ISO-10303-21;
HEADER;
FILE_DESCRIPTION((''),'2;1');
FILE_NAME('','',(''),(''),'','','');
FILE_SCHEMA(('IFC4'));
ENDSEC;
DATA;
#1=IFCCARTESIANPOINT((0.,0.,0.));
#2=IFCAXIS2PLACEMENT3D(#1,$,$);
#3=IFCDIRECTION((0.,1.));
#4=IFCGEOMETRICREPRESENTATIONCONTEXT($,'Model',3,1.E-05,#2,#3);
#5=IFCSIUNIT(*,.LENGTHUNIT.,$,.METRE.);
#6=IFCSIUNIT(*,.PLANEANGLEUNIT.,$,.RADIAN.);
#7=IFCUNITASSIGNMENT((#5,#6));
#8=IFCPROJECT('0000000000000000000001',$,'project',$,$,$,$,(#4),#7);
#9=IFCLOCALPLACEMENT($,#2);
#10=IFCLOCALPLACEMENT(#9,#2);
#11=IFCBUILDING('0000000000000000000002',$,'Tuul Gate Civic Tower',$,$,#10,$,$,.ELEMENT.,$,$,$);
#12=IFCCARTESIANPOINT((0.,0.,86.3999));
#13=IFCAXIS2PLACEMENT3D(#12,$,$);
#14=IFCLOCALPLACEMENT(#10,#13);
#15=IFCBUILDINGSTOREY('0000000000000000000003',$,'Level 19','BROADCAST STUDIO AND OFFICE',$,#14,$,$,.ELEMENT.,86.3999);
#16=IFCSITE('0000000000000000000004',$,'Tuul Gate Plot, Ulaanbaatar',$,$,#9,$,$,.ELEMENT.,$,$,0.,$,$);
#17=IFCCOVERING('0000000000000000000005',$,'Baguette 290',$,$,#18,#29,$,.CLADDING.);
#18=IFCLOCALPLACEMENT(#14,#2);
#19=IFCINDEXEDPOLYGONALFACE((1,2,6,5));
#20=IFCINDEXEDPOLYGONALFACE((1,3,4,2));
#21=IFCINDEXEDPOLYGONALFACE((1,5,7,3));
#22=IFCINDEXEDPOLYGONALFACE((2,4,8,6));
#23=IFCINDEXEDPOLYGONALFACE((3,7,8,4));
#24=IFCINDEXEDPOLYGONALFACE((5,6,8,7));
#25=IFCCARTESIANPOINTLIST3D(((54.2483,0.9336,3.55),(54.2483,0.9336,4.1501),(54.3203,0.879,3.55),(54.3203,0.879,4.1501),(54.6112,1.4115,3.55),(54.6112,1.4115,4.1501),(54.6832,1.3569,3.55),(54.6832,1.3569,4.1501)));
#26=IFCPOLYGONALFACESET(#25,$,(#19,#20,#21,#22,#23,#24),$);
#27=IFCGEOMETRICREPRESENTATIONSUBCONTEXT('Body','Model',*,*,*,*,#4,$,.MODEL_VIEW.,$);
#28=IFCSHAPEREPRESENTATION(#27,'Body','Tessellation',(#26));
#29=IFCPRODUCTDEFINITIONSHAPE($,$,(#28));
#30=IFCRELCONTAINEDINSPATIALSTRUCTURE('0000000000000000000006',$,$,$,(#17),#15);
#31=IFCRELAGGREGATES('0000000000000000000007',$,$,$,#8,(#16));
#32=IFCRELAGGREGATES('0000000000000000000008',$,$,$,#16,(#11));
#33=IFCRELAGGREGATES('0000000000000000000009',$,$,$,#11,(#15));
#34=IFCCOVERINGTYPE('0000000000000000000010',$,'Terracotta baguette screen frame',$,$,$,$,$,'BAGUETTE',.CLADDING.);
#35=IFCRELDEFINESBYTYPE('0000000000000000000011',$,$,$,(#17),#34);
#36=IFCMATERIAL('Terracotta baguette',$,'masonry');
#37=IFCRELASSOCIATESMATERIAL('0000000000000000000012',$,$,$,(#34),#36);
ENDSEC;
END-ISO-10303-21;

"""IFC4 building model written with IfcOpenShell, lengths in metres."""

from ifc_helpers import new_model, si_unit, direction, frame, origin, origin_2d, place, context, subcontext, project, spatial, rectangle, extrude, material, material_profile, profile_set, type_object, element, save


model = new_model("IFC4")

# Units and contexts
model_context = context("Model", 3, precision=1e-05, world=origin(), true_north=direction((0.0, 1.0)))
body_context = subcontext(model_context, "Body", "Model", "MODEL_VIEW")
ifc_project = project(units=[si_unit("LENGTHUNIT", "METRE"), si_unit("PLANEANGLEUNIT", "RADIAN")], contexts=[model_context])

# Site, building, storey
site_placement = place(None, origin())
site = spatial("IfcSite", under=ifc_project, at=site_placement, Name="Tuul Gate Plot, Ulaanbaatar", CompositionType="ELEMENT", RefElevation=0.0)
building_placement = place(site_placement, origin())
building = spatial("IfcBuilding", under=site, at=building_placement, Name="Tuul Gate Civic Tower", CompositionType="ELEMENT")
storey_placement = place(building_placement, frame((0.0, 0.0, 86.3999)))
storey = spatial("IfcBuildingStorey", under=building, at=storey_placement, Name="Level 19", Description="BROADCAST STUDIO AND OFFICE", CompositionType="ELEMENT", Elevation=86.3999)

# Covering
ifc_material_1 = material(Name="Terracotta baguette", Category="masonry")
ifc_material_profile_1 = material_profile(ifc_material_1, rectangle(XDim=0.6001, YDim=0.6001, at=origin_2d()), Name="Terracotta baguette screen frame")
ifc_profile_set_1 = profile_set([ifc_material_profile_1], Name="Terracotta baguette")
covering_type = type_object("IfcCoveringType", Name="Terracotta baguette screen frame", ElementType="BAGUETTE", PredefinedType="CLADDING", material=ifc_profile_set_1)
covering_1_placement = place(storey_placement, frame((54.5017, 1.1179, 3.8501), z_axis=(-0.796422, 0.604741, 0.0), x_axis=(-0.604741, -0.796422, 0.0)))
element("IfcCovering", 1, at=covering_1_placement, inside=storey, type_object=covering_type, Name="Baguette 290", PredefinedType="CLADDING", context=body_context, shape_type="SweptSolid", body=[
    extrude(rectangle(XDim=0.6001, YDim=0.6001, at=origin_2d()), origin(), (0.0, 0.0, 1.0), 0.0903),
])

save(model, "model.ifc")
